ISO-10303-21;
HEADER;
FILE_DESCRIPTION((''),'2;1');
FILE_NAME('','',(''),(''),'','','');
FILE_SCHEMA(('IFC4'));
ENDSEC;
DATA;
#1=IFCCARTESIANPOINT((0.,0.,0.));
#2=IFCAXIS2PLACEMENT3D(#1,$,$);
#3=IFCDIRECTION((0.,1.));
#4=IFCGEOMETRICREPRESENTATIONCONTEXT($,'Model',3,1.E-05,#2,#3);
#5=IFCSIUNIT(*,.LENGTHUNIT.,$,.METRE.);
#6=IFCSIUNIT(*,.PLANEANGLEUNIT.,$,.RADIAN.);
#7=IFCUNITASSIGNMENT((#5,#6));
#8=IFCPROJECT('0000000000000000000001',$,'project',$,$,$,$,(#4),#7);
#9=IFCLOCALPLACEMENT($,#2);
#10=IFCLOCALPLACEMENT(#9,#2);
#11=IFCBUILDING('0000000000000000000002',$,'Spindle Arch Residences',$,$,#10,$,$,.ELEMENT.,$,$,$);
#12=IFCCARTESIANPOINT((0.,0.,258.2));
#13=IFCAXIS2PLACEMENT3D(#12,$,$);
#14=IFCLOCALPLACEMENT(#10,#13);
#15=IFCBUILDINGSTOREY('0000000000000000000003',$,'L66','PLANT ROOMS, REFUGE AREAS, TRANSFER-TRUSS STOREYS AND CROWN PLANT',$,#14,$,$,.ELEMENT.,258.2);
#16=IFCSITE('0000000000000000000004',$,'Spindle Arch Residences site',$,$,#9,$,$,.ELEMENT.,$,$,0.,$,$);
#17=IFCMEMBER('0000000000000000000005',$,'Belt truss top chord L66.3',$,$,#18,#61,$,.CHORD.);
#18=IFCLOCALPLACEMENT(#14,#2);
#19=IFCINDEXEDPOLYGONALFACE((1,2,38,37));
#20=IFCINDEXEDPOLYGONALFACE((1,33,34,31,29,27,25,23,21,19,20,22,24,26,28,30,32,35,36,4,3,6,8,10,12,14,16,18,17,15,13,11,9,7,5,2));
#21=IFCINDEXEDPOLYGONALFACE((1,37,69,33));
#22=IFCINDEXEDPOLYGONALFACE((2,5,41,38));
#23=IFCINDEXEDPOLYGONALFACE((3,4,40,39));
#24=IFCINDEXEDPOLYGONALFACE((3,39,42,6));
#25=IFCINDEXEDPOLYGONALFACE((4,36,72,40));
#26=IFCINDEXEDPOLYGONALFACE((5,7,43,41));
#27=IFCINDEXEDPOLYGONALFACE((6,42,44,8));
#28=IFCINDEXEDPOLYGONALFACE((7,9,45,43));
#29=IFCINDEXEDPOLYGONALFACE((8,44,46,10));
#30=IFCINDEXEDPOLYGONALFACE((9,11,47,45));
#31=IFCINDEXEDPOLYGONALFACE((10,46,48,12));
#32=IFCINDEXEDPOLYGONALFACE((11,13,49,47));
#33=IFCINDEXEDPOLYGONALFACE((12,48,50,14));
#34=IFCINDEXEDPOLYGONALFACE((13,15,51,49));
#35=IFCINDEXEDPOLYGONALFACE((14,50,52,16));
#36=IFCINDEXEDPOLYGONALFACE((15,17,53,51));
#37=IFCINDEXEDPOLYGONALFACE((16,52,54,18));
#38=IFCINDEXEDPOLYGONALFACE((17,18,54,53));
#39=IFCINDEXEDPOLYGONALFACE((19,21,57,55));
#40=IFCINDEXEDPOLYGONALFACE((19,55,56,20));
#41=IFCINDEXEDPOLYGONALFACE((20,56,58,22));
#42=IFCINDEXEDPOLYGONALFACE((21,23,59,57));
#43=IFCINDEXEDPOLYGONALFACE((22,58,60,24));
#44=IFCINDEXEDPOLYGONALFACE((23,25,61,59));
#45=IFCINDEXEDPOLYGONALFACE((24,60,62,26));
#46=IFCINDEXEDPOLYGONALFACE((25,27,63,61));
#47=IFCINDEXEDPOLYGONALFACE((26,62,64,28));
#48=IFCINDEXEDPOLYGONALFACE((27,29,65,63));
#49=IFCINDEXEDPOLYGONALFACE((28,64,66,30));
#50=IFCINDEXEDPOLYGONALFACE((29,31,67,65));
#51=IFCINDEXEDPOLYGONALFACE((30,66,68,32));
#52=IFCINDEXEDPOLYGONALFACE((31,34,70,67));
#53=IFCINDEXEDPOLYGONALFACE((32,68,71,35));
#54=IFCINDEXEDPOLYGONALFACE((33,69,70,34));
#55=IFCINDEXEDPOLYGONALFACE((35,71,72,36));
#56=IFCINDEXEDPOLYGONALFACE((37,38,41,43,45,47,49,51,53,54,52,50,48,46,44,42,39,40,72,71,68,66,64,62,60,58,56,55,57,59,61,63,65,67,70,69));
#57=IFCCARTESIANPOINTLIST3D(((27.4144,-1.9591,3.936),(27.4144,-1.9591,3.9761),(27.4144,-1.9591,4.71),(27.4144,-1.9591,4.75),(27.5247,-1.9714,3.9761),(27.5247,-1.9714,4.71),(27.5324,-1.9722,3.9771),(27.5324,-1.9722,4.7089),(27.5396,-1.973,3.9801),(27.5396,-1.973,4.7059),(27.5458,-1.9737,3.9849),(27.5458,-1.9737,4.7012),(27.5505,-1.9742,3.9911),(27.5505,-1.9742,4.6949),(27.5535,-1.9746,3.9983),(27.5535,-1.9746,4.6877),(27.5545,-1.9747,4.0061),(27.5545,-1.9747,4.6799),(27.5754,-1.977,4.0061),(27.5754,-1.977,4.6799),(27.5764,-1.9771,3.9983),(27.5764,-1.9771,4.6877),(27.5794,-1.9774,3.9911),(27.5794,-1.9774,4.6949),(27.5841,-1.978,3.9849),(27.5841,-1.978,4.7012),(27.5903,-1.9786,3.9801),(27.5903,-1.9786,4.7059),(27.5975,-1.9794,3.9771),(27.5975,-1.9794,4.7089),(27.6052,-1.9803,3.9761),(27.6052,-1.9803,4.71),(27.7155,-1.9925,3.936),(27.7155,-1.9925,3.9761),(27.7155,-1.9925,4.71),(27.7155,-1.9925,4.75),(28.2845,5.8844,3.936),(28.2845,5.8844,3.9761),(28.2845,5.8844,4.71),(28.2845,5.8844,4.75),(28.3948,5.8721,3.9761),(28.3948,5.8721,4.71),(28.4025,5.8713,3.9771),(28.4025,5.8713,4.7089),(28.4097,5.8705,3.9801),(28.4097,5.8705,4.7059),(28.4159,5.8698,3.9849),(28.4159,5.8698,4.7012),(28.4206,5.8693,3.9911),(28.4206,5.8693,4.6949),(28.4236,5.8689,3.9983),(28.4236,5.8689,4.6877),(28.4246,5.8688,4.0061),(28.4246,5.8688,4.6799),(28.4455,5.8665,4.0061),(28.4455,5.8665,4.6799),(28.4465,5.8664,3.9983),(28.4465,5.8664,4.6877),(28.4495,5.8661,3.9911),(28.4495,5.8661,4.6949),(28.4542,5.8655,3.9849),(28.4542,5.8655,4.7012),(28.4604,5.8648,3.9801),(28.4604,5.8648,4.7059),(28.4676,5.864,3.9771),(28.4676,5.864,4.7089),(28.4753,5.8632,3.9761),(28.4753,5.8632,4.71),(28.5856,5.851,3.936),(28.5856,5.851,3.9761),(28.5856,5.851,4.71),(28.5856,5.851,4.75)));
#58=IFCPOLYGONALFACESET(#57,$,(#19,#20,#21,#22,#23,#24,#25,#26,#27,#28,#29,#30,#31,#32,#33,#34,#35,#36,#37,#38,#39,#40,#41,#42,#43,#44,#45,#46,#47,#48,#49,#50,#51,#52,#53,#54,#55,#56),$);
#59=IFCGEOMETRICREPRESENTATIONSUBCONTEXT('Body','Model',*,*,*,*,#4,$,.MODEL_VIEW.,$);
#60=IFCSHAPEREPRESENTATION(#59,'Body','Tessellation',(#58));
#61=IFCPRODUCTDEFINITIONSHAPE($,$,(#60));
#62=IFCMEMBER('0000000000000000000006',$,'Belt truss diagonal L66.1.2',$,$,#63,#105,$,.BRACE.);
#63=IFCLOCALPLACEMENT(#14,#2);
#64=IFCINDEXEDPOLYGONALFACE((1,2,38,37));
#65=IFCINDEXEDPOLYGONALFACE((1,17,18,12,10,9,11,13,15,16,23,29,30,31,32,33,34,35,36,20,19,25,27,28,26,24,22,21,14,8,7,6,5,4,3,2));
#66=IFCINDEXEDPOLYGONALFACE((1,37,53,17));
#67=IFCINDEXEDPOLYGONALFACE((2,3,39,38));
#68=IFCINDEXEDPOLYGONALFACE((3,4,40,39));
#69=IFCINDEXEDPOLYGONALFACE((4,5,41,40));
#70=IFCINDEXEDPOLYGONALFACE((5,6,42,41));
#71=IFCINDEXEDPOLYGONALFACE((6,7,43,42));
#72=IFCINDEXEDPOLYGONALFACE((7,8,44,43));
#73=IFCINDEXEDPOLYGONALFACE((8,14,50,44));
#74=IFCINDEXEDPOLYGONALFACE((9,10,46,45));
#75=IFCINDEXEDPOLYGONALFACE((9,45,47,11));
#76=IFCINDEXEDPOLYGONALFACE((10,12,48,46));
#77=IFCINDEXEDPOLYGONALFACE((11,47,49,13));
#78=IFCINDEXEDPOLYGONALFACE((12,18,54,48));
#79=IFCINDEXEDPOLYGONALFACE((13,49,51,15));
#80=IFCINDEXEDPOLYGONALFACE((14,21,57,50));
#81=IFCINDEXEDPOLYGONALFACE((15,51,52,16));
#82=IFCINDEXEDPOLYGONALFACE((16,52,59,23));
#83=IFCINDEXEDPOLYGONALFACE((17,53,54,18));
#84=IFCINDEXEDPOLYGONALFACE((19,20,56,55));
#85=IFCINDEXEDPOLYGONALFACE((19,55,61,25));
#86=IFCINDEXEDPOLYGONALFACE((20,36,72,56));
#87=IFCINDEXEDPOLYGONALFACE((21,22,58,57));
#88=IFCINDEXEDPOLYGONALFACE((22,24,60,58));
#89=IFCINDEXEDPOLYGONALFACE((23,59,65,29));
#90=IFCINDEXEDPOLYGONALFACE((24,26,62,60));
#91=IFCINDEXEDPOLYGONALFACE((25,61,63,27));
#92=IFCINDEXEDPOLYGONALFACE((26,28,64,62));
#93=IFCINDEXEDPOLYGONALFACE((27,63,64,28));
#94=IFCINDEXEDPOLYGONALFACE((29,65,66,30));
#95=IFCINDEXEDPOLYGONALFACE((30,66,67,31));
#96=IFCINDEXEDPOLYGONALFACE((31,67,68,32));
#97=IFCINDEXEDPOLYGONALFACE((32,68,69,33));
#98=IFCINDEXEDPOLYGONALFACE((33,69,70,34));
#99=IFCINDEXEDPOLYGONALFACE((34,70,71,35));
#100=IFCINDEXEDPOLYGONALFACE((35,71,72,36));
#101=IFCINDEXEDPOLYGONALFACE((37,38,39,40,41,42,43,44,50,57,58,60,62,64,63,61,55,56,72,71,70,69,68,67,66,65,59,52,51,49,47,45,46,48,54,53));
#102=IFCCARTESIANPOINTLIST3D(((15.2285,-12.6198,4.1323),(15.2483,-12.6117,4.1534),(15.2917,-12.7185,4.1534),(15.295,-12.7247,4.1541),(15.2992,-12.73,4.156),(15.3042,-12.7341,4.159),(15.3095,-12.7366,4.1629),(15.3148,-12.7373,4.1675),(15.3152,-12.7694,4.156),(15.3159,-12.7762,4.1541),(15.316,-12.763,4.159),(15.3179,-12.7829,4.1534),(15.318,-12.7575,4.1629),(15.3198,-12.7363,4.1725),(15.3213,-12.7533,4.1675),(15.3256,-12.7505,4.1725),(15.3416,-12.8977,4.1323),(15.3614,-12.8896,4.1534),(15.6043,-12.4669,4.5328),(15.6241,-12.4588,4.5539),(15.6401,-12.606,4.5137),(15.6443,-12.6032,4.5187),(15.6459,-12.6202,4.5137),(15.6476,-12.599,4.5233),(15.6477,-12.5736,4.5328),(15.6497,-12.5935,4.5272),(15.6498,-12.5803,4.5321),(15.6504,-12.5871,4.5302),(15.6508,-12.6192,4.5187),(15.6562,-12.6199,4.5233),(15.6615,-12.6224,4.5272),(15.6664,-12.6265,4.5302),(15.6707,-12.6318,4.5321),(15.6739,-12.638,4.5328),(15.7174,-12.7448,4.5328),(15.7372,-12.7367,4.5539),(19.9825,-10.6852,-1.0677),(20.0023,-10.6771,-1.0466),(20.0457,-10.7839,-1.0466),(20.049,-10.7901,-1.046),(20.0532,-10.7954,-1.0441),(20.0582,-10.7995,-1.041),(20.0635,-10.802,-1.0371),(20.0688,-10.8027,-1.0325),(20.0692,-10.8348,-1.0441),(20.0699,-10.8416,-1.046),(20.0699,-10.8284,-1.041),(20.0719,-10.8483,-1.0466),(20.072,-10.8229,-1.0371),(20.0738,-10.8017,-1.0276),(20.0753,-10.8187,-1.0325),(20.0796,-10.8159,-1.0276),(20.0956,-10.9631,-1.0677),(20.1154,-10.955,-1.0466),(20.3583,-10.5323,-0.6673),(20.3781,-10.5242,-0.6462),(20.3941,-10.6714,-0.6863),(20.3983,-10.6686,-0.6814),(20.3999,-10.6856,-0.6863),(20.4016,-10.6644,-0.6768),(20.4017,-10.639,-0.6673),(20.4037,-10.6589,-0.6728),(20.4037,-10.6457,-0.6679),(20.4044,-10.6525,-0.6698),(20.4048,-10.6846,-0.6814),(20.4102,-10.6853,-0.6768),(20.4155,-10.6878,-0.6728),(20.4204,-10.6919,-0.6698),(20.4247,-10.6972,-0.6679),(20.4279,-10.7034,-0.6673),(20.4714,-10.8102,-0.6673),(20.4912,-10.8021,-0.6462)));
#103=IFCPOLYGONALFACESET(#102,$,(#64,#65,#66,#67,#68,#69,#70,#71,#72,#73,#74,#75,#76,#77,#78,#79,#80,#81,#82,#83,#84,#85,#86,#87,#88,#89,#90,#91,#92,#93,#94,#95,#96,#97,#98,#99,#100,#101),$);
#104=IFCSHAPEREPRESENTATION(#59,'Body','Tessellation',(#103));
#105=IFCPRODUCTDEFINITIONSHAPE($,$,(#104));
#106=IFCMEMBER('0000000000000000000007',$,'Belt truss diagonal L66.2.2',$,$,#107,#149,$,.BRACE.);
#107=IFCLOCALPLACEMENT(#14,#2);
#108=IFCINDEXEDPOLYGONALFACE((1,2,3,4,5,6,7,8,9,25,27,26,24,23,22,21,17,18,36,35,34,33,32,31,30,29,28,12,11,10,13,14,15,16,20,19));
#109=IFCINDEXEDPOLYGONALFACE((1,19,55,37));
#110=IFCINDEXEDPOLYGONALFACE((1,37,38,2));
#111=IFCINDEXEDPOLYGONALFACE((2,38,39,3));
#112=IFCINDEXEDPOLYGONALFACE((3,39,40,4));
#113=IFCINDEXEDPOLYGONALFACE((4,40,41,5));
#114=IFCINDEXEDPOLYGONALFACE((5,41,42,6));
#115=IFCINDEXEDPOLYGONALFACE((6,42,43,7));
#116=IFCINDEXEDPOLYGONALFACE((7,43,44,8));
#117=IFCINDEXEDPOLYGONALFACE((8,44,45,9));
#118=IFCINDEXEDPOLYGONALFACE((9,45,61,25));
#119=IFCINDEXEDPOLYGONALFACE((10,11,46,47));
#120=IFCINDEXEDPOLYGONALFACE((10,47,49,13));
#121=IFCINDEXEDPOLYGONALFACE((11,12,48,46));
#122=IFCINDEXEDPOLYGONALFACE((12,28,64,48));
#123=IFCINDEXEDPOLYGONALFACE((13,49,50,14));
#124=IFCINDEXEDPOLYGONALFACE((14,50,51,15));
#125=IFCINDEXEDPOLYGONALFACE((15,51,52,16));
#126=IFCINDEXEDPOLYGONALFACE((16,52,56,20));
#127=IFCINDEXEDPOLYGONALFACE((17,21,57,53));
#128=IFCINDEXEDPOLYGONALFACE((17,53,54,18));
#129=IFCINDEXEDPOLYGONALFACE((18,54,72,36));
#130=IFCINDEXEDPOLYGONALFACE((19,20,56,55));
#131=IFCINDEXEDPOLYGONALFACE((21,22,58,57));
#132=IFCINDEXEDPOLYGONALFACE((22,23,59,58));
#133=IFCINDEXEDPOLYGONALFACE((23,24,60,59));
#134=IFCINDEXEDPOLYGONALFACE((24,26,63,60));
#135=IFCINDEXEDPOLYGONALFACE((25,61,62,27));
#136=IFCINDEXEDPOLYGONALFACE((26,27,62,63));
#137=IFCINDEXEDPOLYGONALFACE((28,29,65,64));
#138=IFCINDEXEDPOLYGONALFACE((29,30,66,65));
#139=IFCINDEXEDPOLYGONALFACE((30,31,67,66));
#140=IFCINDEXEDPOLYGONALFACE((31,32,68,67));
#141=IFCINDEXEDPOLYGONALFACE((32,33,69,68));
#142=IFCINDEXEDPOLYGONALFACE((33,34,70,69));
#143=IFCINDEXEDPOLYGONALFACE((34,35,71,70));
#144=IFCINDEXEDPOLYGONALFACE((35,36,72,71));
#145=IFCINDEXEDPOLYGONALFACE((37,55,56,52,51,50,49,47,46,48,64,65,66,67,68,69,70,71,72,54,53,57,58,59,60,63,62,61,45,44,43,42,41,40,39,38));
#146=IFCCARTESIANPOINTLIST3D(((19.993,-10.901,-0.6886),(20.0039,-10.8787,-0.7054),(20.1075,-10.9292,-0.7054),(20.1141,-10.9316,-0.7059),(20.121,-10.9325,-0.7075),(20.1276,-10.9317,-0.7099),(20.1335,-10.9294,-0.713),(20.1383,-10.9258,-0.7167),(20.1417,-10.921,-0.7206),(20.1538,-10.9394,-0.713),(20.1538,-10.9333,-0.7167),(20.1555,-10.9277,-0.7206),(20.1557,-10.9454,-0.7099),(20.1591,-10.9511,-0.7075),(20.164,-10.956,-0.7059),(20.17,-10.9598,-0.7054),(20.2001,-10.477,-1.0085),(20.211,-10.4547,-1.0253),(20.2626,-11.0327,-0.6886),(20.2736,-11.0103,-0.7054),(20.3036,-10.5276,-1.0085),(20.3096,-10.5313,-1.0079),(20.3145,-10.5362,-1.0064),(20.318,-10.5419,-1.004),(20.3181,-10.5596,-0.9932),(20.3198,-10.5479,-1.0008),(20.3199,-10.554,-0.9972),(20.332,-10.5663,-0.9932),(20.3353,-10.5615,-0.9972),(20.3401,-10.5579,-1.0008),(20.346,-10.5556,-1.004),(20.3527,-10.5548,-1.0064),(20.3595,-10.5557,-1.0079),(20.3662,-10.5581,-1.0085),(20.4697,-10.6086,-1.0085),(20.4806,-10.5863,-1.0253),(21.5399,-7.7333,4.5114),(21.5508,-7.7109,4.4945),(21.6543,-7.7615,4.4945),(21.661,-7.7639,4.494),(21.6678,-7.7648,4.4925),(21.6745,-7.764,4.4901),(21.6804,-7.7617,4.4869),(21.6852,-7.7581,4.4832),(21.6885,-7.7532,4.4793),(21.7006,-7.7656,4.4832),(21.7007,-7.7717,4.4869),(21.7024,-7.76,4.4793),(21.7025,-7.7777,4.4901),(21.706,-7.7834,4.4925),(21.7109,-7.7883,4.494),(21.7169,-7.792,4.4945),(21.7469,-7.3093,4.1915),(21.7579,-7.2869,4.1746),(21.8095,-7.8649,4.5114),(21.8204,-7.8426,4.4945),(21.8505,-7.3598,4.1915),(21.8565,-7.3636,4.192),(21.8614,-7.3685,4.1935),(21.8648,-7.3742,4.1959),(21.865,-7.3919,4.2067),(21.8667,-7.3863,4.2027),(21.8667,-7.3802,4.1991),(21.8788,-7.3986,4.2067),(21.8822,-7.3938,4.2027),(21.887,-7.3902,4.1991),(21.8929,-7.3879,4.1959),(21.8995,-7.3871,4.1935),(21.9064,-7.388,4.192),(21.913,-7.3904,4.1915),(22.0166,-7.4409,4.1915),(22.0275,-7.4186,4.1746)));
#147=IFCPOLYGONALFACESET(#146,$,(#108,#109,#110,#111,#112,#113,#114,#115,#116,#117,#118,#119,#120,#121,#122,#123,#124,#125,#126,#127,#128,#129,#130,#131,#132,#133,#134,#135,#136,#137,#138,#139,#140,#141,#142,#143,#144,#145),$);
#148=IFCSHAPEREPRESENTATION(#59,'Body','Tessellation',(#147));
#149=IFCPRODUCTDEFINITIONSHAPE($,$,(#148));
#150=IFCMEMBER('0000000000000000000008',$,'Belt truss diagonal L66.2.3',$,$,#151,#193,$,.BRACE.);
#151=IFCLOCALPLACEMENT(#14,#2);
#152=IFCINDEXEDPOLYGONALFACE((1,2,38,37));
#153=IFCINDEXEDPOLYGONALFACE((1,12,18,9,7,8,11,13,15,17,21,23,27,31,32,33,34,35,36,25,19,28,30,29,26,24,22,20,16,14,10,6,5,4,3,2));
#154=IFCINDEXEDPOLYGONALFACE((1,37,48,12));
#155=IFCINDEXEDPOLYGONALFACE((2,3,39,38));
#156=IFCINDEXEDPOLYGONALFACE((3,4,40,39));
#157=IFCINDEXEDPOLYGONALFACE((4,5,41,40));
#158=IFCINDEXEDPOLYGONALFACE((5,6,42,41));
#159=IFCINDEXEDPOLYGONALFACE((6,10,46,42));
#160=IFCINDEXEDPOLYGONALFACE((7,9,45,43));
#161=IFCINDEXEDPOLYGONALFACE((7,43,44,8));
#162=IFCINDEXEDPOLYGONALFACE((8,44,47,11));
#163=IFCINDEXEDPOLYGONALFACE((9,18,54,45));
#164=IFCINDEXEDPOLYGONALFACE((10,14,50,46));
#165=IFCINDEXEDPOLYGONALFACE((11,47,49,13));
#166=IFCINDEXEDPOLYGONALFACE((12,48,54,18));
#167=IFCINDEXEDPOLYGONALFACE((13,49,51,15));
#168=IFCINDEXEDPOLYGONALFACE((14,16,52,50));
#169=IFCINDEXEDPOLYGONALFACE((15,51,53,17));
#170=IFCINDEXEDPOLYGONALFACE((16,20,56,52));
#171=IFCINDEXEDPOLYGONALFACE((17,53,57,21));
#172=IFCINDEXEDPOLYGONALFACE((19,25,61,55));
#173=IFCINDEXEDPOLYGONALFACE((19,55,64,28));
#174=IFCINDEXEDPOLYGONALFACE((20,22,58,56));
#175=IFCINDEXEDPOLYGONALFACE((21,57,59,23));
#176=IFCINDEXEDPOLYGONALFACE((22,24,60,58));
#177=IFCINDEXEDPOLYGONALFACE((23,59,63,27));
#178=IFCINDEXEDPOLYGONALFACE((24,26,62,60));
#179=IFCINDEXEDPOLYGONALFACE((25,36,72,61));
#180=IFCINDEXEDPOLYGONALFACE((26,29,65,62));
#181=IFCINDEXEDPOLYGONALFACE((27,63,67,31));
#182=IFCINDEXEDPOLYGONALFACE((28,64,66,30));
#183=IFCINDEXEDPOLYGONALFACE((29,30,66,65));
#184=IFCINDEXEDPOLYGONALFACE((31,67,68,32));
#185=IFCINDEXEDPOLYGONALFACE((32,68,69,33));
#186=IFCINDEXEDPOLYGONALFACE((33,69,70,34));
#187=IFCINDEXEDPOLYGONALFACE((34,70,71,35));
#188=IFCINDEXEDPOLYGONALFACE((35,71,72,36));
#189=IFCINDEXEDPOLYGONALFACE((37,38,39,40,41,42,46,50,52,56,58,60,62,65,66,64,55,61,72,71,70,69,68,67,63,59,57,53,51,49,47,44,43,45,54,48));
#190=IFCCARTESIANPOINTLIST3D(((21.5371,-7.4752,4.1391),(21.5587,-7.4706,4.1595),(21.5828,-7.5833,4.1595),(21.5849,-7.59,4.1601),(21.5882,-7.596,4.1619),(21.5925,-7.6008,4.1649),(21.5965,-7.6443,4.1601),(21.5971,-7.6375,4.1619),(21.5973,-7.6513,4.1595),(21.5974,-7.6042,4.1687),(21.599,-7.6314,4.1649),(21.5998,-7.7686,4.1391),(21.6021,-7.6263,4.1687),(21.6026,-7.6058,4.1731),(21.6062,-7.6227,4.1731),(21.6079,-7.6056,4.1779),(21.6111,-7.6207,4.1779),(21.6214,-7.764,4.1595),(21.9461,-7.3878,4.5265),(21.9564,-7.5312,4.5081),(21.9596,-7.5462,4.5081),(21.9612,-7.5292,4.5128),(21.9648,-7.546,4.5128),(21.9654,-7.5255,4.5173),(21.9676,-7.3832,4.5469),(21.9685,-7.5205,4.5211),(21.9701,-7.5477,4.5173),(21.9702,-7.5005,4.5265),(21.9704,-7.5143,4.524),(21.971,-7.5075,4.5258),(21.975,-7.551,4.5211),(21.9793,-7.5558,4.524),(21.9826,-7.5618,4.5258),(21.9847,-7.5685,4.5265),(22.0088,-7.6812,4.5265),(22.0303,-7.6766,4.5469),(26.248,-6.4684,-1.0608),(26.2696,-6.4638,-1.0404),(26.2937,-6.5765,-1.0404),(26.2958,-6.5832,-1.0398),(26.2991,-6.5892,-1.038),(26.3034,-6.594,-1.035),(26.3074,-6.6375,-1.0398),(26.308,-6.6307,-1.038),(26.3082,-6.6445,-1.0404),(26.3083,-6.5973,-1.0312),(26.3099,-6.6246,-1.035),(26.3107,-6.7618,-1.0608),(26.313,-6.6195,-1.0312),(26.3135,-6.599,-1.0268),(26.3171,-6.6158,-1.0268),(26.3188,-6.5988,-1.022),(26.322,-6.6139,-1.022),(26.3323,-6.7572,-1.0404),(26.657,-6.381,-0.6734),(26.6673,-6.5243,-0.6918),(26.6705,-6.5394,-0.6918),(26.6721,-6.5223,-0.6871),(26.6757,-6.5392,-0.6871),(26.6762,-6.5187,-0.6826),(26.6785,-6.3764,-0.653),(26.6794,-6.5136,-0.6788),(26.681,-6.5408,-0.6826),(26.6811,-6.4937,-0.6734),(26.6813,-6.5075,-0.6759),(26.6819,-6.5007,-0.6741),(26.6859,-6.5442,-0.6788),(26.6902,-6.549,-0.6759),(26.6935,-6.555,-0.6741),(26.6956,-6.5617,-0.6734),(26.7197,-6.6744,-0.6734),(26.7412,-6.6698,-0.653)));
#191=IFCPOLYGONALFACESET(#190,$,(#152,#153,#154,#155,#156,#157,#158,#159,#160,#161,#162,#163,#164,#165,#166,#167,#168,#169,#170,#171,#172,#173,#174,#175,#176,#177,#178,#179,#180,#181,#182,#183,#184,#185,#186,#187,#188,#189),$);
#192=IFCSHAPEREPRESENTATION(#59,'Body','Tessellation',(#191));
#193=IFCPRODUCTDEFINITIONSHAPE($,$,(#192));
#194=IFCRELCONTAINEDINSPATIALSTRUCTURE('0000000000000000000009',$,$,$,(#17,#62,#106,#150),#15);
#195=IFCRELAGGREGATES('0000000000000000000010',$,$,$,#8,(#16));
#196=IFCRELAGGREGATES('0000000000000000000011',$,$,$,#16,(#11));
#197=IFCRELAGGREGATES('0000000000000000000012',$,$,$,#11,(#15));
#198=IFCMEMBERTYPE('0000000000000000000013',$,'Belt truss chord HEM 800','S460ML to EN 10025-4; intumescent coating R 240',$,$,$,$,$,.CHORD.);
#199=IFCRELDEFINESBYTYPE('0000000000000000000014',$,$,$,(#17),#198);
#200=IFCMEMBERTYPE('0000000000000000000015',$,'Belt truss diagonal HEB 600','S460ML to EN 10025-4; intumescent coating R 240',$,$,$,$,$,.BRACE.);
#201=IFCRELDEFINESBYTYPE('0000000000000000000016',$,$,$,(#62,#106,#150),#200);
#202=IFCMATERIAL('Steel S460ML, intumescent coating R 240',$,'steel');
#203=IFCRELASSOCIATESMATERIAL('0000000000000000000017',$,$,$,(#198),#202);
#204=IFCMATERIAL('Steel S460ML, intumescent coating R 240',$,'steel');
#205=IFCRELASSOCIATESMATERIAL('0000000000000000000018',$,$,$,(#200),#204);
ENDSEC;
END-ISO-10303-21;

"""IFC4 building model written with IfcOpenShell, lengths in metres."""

from ifc_helpers import new_model, si_unit, direction, frame, origin, origin_2d, place, context, subcontext, project, spatial, i_section, extrude, material, material_profile, profile_set, type_object, element, save


model = new_model("IFC4")

# Units and contexts
model_context = context("Model", 3, precision=1e-05, world=origin(), true_north=direction((0.0, 1.0)))
body_context = subcontext(model_context, "Body", "Model", "MODEL_VIEW")
ifc_project = project(units=[si_unit("LENGTHUNIT", "METRE"), si_unit("PLANEANGLEUNIT", "RADIAN")], contexts=[model_context])

# Site, building, storey
site_placement = place(None, origin())
site = spatial("IfcSite", under=ifc_project, at=site_placement, Name="Spindle Arch Residences site", CompositionType="ELEMENT", RefElevation=0.0)
building_placement = place(site_placement, origin())
building = spatial("IfcBuilding", under=site, at=building_placement, Name="Spindle Arch Residences", CompositionType="ELEMENT")
storey_placement = place(building_placement, frame((0.0, 0.0, 258.2)))
storey = spatial("IfcBuildingStorey", under=building, at=storey_placement, Name="L66", Description="PLANT ROOMS, REFUGE AREAS, TRANSFER-TRUSS STOREYS AND CROWN PLANT", CompositionType="ELEMENT", Elevation=258.2)

# Members
ifc_material_1 = material(Name="Steel S460ML, intumescent coating R 240", Category="steel")
ifc_material_profile_1 = material_profile(ifc_material_1, i_section(OverallWidth=0.303, OverallDepth=0.814, WebThickness=0.021, FlangeThickness=0.04, FilletRadius=0.03, at=origin_2d()), Name="HEM 800")
ifc_profile_set_1 = profile_set([ifc_material_profile_1], Name="Steel S460ML, intumescent coating R 240")
member_type_1 = type_object("IfcMemberType", Name="Belt truss chord HEM 800", Description="S460ML to EN 10025-4; intumescent coating R 240", PredefinedType="CHORD", material=ifc_profile_set_1)
member_1_placement = place(storey_placement, frame((27.5649, -1.9758, 4.343), z_axis=(0.110258, 0.993903, 0.0), x_axis=(-0.993903, 0.110258, 0.0)))
element("IfcMember", 1, at=member_1_placement, inside=storey, type_object=member_type_1, Name="Belt truss top chord L66.3", PredefinedType="CHORD", context=body_context, shape_type="SweptSolid", body=[
    extrude(i_section(OverallWidth=0.303, OverallDepth=0.814, WebThickness=0.021, FlangeThickness=0.04, FilletRadius=0.03, at=origin_2d()), origin(), (0.0, 0.0, 1.0), 7.8916),
])
ifc_material_2 = material(Name="Steel S460ML, intumescent coating R 240", Category="steel")
ifc_material_profile_2 = material_profile(ifc_material_2, i_section(OverallWidth=0.3, OverallDepth=0.6001, WebThickness=0.0154, FlangeThickness=0.03, FilletRadius=0.0271, at=origin_2d()), Name="HEB 600")
ifc_profile_set_2 = profile_set([ifc_material_profile_2], Name="Steel S460ML, intumescent coating R 240")
member_type_2 = type_object("IfcMemberType", Name="Belt truss diagonal HEB 600", Description="S460ML to EN 10025-4; intumescent coating R 240", PredefinedType="BRACE", material=ifc_profile_set_2)
member_2_placement = place(storey_placement, frame((20.2368, -10.7437, -0.8569), z_axis=(-0.650661, -0.264782, 0.71171), x_axis=(0.376928, -0.926242, 0.0)))
element("IfcMember", 2, at=member_2_placement, inside=storey, type_object=member_type_2, Name="Belt truss diagonal L66.1.2", PredefinedType="BRACE", context=body_context, shape_type="SweptSolid", body=[
    extrude(i_section(OverallWidth=0.3, OverallDepth=0.6001, WebThickness=0.0154, FlangeThickness=0.03, FilletRadius=0.0271, at=origin_2d()), origin(), (0.0, 0.0, 1.0), 7.3064),
])
member_3_placement = place(storey_placement, frame((20.2368, -10.7437, -0.8569), z_axis=(0.246229, 0.504233, 0.82772), x_axis=(-0.898585, 0.4388, 0.0)))
element("IfcMember", 3, at=member_3_placement, inside=storey, type_object=member_type_2, Name="Belt truss diagonal L66.2.2", PredefinedType="BRACE", context=body_context, shape_type="SweptSolid", body=[
    extrude(i_section(OverallWidth=0.3, OverallDepth=0.6001, WebThickness=0.0154, FlangeThickness=0.03, FilletRadius=0.0271, at=origin_2d()), origin(), (0.0, 0.0, 1.0), 6.2822),
])
member_4_placement = place(storey_placement, frame((26.4946, -6.5691, -0.8569), z_axis=(-0.664593, -0.142039, 0.733581), x_axis=(0.209003, -0.977915, 0.0)))
element("IfcMember", 4, at=member_4_placement, inside=storey, type_object=member_type_2, Name="Belt truss diagonal L66.2.3", PredefinedType="BRACE", context=body_context, shape_type="SweptSolid", body=[
    extrude(i_section(OverallWidth=0.3, OverallDepth=0.6001, WebThickness=0.0154, FlangeThickness=0.03, FilletRadius=0.0271, at=origin_2d()), origin(), (0.0, 0.0, 1.0), 7.0884),
])

save(model, "model.ifc")
